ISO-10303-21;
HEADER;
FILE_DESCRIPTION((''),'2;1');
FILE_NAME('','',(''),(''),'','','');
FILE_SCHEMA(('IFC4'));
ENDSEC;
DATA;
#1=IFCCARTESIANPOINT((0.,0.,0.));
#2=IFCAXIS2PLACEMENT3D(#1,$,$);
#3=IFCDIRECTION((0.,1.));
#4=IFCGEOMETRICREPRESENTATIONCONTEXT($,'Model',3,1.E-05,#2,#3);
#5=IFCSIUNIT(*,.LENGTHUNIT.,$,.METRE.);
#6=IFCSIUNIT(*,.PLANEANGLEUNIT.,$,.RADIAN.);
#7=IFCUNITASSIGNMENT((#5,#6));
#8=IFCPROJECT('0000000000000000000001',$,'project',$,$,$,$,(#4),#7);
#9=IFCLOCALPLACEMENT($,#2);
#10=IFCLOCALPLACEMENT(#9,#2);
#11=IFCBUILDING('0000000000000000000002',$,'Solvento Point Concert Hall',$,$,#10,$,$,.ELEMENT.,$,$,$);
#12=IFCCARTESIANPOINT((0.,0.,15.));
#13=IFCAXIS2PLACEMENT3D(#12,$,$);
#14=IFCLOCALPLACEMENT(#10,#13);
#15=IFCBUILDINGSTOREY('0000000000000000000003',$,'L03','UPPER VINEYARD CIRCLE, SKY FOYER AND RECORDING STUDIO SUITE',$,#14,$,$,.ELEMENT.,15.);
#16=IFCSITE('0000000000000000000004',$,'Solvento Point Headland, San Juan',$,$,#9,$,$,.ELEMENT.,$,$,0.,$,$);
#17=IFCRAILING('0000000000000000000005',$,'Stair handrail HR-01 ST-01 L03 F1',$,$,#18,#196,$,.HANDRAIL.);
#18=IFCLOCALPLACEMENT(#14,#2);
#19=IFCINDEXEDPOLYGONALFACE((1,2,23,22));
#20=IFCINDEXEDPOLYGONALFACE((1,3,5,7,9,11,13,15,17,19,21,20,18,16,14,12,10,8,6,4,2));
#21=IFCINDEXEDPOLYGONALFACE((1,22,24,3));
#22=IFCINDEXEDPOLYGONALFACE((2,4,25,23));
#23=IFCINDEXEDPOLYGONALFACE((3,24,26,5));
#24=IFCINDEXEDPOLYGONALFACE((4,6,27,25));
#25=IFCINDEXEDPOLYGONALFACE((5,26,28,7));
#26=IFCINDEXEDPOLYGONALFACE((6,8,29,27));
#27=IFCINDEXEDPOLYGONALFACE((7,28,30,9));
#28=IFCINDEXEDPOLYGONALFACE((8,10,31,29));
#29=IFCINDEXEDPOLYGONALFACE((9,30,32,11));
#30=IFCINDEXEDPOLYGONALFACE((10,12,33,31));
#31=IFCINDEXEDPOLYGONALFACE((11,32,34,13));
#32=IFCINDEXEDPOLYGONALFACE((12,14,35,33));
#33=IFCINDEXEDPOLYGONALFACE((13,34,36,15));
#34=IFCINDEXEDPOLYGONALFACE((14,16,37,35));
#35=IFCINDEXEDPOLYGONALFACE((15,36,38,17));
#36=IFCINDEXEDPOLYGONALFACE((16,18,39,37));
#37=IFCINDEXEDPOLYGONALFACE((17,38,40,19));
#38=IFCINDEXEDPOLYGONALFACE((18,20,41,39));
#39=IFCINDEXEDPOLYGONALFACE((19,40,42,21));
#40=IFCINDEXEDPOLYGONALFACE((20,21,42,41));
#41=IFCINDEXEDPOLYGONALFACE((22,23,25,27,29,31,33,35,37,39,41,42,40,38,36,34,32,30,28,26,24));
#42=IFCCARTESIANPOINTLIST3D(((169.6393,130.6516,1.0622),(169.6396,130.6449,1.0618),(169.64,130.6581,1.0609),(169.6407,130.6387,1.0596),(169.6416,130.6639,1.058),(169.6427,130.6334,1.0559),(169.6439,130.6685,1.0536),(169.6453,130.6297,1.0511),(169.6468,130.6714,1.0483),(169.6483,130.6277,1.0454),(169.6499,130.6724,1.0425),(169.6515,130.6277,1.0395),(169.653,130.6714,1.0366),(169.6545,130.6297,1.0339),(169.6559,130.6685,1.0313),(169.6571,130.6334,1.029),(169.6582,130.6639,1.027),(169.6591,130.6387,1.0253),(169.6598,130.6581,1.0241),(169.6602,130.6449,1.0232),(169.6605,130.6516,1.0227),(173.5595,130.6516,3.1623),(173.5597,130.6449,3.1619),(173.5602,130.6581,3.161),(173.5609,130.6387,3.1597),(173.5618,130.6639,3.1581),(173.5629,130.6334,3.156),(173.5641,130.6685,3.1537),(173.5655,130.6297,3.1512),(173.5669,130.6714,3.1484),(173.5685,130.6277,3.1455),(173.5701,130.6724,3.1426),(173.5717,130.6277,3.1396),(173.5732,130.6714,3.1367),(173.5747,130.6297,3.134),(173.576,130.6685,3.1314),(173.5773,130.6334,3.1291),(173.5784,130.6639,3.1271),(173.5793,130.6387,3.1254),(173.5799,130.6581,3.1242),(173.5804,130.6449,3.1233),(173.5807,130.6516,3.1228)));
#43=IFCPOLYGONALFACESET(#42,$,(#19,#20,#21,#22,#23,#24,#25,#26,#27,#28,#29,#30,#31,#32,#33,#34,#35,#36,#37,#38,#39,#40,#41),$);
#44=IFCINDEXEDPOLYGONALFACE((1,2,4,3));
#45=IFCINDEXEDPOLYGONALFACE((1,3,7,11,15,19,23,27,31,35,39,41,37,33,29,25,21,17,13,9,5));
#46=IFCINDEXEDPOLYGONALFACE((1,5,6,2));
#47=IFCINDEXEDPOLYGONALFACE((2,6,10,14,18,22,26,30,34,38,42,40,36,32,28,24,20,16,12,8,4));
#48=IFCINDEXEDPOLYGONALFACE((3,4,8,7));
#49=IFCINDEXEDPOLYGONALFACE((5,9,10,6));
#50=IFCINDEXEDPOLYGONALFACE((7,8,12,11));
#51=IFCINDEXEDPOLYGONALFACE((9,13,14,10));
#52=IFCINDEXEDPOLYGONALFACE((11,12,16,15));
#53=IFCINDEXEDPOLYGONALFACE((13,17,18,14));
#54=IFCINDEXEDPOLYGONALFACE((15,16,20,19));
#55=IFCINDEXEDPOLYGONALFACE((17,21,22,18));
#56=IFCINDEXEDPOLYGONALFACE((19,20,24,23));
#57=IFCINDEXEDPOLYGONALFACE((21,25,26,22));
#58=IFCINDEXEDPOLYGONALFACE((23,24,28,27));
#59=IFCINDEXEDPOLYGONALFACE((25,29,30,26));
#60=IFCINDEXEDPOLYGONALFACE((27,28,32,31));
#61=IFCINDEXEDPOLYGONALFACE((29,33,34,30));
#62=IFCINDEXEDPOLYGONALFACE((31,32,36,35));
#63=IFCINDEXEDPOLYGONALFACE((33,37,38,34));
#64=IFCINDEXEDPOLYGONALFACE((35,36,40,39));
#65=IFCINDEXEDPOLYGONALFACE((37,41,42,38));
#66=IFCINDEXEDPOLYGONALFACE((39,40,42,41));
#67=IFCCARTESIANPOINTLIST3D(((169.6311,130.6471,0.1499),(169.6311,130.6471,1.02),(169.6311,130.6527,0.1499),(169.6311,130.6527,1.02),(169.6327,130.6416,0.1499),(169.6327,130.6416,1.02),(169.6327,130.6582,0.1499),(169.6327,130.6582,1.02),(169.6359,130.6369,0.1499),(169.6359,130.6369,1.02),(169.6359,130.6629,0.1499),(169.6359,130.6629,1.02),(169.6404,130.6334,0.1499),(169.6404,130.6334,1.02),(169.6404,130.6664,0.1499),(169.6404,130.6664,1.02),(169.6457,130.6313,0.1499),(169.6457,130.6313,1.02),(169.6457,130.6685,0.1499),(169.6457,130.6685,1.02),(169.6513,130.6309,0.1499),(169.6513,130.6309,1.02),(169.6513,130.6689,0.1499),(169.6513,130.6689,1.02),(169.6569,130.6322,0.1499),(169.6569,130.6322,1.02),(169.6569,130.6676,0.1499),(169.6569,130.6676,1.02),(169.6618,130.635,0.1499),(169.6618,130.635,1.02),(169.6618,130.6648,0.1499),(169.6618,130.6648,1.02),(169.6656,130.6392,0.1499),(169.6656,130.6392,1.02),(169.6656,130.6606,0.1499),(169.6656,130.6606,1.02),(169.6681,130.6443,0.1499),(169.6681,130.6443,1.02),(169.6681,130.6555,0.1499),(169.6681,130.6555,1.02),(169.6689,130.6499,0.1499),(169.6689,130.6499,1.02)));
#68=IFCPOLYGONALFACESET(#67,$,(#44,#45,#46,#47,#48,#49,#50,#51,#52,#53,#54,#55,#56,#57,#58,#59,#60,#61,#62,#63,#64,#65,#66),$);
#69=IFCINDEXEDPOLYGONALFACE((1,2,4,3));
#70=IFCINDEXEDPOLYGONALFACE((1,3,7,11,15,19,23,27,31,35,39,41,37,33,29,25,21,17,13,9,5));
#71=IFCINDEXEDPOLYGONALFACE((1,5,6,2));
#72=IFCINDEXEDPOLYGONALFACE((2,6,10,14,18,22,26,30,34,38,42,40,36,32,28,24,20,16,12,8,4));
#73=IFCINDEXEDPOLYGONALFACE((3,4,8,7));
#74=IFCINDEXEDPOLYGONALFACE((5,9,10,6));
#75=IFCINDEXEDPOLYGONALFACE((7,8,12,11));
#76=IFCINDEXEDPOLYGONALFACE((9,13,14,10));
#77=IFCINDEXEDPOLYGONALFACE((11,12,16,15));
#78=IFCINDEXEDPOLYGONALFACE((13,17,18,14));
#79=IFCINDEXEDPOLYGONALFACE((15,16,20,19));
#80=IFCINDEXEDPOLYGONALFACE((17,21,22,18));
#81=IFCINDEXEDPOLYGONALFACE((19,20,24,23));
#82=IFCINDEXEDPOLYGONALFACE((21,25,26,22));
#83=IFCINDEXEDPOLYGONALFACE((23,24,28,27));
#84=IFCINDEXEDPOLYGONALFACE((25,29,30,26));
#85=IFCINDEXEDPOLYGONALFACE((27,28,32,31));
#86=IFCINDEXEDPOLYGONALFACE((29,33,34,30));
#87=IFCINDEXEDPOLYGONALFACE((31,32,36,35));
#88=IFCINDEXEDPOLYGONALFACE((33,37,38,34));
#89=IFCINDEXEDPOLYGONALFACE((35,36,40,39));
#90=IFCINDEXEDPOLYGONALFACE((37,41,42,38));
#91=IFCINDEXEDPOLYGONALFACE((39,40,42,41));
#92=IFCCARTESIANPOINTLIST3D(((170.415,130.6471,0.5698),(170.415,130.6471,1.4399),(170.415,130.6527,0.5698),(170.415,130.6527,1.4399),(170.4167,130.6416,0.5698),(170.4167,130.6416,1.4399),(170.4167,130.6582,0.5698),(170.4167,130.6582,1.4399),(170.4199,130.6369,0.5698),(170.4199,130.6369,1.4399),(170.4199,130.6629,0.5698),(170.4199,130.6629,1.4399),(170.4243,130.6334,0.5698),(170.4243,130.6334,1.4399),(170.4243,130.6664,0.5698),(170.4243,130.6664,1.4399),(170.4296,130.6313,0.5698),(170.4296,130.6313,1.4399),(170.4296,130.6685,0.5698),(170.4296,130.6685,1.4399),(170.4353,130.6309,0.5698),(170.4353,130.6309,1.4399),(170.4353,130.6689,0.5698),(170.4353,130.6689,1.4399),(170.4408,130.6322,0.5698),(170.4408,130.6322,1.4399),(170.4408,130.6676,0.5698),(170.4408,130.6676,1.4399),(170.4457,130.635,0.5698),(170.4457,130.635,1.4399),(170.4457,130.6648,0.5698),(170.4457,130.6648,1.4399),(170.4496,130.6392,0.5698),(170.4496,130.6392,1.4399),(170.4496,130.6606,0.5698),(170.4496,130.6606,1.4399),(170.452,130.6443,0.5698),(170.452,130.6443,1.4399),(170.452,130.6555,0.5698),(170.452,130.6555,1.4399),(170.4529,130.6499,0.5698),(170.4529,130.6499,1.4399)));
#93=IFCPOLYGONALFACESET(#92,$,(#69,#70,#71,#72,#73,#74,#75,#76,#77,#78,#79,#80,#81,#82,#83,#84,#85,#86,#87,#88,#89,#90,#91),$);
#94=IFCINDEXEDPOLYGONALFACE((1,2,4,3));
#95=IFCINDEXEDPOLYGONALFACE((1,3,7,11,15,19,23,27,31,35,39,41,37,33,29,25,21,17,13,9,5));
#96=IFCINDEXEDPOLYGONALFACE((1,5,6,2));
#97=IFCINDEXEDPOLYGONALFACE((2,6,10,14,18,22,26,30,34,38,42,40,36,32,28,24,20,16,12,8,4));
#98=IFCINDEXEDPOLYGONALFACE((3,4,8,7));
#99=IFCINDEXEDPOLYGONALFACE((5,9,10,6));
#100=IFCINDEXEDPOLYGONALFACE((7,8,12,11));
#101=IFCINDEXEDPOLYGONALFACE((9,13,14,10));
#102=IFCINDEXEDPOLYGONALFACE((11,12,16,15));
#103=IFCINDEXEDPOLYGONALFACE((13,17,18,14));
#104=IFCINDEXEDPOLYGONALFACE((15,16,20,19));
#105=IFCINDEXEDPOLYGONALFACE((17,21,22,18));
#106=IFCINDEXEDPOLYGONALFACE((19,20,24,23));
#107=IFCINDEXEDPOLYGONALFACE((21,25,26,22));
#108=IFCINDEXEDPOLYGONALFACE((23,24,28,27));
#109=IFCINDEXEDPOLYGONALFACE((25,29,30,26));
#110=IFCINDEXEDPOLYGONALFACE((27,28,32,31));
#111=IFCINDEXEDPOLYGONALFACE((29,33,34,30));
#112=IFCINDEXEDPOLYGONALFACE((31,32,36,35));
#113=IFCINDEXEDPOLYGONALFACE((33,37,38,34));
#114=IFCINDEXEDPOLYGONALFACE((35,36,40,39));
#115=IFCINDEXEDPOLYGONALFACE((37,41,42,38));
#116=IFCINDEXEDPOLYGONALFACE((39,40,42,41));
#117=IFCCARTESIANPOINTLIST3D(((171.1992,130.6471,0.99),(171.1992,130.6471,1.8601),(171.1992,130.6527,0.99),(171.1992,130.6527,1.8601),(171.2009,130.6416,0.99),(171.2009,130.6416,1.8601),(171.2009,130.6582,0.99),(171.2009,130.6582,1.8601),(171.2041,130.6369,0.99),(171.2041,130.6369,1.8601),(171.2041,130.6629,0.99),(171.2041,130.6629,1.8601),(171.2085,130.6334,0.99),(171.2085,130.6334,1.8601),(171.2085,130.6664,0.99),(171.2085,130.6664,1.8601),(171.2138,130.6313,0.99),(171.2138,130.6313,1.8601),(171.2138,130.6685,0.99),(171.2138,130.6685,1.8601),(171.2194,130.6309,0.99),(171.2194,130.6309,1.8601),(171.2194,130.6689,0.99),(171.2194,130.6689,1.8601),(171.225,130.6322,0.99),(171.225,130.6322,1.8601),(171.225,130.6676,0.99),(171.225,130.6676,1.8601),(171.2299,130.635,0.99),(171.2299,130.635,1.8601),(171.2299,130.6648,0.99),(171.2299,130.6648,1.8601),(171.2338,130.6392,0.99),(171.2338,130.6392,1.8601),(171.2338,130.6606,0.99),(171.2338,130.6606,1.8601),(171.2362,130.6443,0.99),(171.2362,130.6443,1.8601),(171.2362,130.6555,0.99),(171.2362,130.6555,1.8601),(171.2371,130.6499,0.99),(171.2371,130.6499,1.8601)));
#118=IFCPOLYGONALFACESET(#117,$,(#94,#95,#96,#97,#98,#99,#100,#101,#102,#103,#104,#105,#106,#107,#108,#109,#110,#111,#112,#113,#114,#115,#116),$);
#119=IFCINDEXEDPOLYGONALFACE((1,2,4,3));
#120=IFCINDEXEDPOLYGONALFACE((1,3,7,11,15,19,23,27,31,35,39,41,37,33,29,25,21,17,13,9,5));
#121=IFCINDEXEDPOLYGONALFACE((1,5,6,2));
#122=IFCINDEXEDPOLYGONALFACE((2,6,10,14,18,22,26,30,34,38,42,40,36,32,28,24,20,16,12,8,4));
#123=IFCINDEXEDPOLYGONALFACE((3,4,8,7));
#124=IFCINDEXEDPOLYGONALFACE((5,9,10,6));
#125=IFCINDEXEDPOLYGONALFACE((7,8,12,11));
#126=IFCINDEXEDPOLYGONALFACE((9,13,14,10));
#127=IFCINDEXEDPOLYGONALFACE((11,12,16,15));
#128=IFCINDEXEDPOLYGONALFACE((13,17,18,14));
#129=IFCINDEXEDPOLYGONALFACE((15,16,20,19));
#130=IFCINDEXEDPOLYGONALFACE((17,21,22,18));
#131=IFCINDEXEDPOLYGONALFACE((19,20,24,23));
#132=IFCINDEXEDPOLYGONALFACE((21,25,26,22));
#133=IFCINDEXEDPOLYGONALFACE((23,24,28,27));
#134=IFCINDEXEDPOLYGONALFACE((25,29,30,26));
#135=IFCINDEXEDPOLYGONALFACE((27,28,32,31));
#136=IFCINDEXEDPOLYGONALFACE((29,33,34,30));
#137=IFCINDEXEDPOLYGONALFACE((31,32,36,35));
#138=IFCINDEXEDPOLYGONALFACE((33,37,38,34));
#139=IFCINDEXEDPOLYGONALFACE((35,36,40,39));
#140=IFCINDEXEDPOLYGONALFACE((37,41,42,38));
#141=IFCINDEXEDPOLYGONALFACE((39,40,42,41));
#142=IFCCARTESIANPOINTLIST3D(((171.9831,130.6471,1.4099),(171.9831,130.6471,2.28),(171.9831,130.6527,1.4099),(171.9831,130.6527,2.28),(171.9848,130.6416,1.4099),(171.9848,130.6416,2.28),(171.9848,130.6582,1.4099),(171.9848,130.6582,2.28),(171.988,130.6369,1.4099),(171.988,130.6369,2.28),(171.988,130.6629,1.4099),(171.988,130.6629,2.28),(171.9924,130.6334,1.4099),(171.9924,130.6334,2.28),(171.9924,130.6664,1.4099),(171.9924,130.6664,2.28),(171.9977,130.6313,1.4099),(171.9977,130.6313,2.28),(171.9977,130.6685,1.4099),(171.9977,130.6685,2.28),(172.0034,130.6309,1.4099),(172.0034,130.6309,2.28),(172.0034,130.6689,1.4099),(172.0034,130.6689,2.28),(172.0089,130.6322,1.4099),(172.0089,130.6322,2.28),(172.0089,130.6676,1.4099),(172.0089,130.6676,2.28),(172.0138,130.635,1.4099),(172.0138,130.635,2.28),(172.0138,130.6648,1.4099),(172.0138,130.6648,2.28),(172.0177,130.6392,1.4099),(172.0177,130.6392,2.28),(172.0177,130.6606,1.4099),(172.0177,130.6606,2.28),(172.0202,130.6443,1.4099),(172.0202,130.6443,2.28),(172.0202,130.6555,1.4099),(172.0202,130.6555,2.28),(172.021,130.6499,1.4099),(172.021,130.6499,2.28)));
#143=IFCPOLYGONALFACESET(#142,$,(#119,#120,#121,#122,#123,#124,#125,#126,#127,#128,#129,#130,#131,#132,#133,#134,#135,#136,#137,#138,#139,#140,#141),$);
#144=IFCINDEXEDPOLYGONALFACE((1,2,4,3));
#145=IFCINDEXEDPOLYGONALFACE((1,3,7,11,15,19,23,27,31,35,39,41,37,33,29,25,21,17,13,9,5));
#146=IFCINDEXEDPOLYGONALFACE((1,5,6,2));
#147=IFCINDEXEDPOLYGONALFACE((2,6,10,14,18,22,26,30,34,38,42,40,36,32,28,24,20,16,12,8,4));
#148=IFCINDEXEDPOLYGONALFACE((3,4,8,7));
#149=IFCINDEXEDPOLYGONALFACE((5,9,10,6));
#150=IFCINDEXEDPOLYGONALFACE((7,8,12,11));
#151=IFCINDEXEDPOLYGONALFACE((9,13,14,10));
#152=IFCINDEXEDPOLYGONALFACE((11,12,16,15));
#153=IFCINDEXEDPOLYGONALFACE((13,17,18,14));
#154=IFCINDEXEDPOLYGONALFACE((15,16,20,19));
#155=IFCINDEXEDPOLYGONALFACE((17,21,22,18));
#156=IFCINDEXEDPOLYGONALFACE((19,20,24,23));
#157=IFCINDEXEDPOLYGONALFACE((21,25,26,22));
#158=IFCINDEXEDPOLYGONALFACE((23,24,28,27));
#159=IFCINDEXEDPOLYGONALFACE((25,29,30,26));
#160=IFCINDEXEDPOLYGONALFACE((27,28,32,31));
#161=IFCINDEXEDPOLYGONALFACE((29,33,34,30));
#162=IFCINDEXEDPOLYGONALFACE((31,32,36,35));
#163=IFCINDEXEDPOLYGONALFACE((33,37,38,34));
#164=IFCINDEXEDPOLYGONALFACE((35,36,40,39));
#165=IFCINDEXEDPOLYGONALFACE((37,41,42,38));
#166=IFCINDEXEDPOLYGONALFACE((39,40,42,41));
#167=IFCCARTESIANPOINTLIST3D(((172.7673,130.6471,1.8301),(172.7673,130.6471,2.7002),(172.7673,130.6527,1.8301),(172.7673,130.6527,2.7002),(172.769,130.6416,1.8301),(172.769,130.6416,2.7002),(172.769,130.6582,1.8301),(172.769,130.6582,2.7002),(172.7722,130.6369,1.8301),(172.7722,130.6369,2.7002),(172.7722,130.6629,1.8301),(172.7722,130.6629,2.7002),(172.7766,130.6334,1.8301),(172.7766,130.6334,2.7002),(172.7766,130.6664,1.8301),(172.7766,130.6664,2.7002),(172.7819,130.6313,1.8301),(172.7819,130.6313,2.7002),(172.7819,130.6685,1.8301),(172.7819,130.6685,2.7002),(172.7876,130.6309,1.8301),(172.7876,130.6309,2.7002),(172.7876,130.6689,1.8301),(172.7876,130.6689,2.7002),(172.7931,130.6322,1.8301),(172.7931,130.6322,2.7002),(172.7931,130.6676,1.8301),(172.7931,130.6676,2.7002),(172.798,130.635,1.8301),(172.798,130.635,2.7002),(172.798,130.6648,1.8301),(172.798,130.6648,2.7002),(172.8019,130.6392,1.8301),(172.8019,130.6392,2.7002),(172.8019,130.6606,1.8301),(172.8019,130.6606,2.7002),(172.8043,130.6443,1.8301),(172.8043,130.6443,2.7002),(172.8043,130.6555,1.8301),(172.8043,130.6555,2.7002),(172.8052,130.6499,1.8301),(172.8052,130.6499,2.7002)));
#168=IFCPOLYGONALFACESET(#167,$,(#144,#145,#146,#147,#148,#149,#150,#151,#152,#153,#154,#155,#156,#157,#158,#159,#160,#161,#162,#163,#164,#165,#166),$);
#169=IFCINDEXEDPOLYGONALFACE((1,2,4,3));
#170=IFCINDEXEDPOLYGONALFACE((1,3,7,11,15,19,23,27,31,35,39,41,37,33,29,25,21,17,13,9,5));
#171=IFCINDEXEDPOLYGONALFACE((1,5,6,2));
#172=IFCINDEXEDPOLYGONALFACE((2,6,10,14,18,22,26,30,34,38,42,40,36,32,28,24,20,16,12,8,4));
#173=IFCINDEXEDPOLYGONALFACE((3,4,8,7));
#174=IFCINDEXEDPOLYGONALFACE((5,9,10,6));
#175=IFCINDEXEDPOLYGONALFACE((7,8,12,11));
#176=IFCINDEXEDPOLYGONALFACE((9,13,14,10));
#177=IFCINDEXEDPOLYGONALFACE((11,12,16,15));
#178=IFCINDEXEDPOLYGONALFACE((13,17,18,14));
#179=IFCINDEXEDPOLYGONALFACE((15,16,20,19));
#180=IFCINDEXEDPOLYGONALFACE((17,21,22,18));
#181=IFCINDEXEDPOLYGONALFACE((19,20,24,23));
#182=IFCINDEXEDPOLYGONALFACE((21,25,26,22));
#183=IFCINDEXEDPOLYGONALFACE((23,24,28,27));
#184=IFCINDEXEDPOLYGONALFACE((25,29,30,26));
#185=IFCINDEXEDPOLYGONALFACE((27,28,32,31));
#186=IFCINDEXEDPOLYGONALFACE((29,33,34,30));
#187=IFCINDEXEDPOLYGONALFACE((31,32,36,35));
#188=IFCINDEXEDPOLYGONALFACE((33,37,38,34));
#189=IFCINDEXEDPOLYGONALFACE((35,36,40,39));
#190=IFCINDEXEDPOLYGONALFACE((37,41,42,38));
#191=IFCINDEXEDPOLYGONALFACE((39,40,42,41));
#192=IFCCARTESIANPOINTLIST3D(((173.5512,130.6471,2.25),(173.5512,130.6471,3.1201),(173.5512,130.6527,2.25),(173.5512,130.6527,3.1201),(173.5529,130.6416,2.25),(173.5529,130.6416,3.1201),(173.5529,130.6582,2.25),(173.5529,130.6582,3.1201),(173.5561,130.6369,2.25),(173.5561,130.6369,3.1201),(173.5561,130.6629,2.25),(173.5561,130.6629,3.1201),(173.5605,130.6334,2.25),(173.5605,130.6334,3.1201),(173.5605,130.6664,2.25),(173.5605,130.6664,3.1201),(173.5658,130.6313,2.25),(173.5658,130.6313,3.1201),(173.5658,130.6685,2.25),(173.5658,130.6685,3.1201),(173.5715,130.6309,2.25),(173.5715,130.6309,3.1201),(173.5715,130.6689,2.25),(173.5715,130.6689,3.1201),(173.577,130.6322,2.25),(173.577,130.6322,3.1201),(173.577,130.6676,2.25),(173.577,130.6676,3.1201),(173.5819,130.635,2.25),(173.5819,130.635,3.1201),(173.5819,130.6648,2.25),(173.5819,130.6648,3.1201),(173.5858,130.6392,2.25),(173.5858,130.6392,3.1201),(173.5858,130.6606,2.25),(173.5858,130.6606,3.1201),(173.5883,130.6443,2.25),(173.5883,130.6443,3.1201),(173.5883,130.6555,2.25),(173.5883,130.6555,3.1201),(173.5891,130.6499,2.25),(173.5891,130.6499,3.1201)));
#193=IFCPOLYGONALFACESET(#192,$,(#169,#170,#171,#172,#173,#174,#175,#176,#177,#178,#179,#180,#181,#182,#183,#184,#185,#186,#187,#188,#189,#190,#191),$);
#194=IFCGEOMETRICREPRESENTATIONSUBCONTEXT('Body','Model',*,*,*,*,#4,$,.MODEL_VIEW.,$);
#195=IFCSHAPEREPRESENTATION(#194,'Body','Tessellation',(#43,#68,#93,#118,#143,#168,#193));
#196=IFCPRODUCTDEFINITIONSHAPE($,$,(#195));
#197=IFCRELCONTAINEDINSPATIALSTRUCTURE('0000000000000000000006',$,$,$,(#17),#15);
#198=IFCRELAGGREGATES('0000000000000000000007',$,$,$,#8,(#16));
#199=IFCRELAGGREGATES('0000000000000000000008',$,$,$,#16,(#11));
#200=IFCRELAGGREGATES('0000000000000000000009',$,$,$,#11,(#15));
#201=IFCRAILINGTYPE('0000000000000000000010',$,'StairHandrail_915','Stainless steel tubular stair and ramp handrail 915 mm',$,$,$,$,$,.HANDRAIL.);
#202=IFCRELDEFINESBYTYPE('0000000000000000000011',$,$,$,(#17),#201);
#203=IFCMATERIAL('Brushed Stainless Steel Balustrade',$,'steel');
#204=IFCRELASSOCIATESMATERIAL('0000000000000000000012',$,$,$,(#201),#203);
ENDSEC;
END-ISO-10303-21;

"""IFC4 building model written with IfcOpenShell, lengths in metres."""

from ifc_helpers import new_model, si_unit, direction, frame, origin, origin_2d, place, context, subcontext, project, spatial, circle, extrude, material, type_object, element, save


model = new_model("IFC4")

# Units and contexts
model_context = context("Model", 3, precision=1e-05, world=origin(), true_north=direction((0.0, 1.0)))
body_context = subcontext(model_context, "Body", "Model", "MODEL_VIEW")
ifc_project = project(units=[si_unit("LENGTHUNIT", "METRE"), si_unit("PLANEANGLEUNIT", "RADIAN")], contexts=[model_context])

# Site, building, storey
site_placement = place(None, origin())
site = spatial("IfcSite", under=ifc_project, at=site_placement, Name="Solvento Point Headland, San Juan", CompositionType="ELEMENT", RefElevation=0.0)
building_placement = place(site_placement, origin())
building = spatial("IfcBuilding", under=site, at=building_placement, Name="Solvento Point Concert Hall", CompositionType="ELEMENT")
storey_placement = place(building_placement, frame((0.0, 0.0, 15.0)))
storey = spatial("IfcBuildingStorey", under=building, at=storey_placement, Name="L03", Description="UPPER VINEYARD CIRCLE, SKY FOYER AND RECORDING STUDIO SUITE", CompositionType="ELEMENT", Elevation=15.0)

# Railing
ifc_material_1 = material(Name="Brushed Stainless Steel Balustrade", Category="steel")
railing_type_1 = type_object("IfcRailingType", Name="StairHandrail_915", Description="Stainless steel tubular stair and ramp handrail 915 mm", PredefinedType="HANDRAIL", material=ifc_material_1)
railing_1_placement = place(storey_placement, frame((169.6499, 130.6499, 0.1499)))
element("IfcRailing", 1, at=railing_1_placement, inside=storey, type_object=railing_type_1, Name="Stair handrail HR-01 ST-01 L03 F1", PredefinedType="HANDRAIL", context=body_context, shape_type="SweptSolid", body=[
    extrude(circle(Radius=0.0225, at=origin_2d()), frame((0.0, 0.0, 0.8926), z_axis=(0.881479, 0.0, 0.472223), x_axis=(0.0, 1.0, 0.0)), (0.0, 0.0, 1.0), 4.4473),
    extrude(circle(Radius=0.019, at=origin_2d()), origin(), (0.0, 0.0, 1.0), 0.8701),
    extrude(circle(Radius=0.019, at=origin_2d()), frame((0.7839, 0.0, 0.4199)), (0.0, 0.0, 1.0), 0.8701),
    extrude(circle(Radius=0.019, at=origin_2d()), frame((1.5681, 0.0, 0.8401)), (0.0, 0.0, 1.0), 0.8701),
    extrude(circle(Radius=0.019, at=origin_2d()), frame((2.3521, 0.0, 1.26)), (0.0, 0.0, 1.0), 0.8701),
    extrude(circle(Radius=0.019, at=origin_2d()), frame((3.1362, 0.0, 1.6802)), (0.0, 0.0, 1.0), 0.8701),
    extrude(circle(Radius=0.019, at=origin_2d()), frame((3.9202, 0.0, 2.1001)), (0.0, 0.0, 1.0), 0.8701),
])

save(model, "model.ifc")
